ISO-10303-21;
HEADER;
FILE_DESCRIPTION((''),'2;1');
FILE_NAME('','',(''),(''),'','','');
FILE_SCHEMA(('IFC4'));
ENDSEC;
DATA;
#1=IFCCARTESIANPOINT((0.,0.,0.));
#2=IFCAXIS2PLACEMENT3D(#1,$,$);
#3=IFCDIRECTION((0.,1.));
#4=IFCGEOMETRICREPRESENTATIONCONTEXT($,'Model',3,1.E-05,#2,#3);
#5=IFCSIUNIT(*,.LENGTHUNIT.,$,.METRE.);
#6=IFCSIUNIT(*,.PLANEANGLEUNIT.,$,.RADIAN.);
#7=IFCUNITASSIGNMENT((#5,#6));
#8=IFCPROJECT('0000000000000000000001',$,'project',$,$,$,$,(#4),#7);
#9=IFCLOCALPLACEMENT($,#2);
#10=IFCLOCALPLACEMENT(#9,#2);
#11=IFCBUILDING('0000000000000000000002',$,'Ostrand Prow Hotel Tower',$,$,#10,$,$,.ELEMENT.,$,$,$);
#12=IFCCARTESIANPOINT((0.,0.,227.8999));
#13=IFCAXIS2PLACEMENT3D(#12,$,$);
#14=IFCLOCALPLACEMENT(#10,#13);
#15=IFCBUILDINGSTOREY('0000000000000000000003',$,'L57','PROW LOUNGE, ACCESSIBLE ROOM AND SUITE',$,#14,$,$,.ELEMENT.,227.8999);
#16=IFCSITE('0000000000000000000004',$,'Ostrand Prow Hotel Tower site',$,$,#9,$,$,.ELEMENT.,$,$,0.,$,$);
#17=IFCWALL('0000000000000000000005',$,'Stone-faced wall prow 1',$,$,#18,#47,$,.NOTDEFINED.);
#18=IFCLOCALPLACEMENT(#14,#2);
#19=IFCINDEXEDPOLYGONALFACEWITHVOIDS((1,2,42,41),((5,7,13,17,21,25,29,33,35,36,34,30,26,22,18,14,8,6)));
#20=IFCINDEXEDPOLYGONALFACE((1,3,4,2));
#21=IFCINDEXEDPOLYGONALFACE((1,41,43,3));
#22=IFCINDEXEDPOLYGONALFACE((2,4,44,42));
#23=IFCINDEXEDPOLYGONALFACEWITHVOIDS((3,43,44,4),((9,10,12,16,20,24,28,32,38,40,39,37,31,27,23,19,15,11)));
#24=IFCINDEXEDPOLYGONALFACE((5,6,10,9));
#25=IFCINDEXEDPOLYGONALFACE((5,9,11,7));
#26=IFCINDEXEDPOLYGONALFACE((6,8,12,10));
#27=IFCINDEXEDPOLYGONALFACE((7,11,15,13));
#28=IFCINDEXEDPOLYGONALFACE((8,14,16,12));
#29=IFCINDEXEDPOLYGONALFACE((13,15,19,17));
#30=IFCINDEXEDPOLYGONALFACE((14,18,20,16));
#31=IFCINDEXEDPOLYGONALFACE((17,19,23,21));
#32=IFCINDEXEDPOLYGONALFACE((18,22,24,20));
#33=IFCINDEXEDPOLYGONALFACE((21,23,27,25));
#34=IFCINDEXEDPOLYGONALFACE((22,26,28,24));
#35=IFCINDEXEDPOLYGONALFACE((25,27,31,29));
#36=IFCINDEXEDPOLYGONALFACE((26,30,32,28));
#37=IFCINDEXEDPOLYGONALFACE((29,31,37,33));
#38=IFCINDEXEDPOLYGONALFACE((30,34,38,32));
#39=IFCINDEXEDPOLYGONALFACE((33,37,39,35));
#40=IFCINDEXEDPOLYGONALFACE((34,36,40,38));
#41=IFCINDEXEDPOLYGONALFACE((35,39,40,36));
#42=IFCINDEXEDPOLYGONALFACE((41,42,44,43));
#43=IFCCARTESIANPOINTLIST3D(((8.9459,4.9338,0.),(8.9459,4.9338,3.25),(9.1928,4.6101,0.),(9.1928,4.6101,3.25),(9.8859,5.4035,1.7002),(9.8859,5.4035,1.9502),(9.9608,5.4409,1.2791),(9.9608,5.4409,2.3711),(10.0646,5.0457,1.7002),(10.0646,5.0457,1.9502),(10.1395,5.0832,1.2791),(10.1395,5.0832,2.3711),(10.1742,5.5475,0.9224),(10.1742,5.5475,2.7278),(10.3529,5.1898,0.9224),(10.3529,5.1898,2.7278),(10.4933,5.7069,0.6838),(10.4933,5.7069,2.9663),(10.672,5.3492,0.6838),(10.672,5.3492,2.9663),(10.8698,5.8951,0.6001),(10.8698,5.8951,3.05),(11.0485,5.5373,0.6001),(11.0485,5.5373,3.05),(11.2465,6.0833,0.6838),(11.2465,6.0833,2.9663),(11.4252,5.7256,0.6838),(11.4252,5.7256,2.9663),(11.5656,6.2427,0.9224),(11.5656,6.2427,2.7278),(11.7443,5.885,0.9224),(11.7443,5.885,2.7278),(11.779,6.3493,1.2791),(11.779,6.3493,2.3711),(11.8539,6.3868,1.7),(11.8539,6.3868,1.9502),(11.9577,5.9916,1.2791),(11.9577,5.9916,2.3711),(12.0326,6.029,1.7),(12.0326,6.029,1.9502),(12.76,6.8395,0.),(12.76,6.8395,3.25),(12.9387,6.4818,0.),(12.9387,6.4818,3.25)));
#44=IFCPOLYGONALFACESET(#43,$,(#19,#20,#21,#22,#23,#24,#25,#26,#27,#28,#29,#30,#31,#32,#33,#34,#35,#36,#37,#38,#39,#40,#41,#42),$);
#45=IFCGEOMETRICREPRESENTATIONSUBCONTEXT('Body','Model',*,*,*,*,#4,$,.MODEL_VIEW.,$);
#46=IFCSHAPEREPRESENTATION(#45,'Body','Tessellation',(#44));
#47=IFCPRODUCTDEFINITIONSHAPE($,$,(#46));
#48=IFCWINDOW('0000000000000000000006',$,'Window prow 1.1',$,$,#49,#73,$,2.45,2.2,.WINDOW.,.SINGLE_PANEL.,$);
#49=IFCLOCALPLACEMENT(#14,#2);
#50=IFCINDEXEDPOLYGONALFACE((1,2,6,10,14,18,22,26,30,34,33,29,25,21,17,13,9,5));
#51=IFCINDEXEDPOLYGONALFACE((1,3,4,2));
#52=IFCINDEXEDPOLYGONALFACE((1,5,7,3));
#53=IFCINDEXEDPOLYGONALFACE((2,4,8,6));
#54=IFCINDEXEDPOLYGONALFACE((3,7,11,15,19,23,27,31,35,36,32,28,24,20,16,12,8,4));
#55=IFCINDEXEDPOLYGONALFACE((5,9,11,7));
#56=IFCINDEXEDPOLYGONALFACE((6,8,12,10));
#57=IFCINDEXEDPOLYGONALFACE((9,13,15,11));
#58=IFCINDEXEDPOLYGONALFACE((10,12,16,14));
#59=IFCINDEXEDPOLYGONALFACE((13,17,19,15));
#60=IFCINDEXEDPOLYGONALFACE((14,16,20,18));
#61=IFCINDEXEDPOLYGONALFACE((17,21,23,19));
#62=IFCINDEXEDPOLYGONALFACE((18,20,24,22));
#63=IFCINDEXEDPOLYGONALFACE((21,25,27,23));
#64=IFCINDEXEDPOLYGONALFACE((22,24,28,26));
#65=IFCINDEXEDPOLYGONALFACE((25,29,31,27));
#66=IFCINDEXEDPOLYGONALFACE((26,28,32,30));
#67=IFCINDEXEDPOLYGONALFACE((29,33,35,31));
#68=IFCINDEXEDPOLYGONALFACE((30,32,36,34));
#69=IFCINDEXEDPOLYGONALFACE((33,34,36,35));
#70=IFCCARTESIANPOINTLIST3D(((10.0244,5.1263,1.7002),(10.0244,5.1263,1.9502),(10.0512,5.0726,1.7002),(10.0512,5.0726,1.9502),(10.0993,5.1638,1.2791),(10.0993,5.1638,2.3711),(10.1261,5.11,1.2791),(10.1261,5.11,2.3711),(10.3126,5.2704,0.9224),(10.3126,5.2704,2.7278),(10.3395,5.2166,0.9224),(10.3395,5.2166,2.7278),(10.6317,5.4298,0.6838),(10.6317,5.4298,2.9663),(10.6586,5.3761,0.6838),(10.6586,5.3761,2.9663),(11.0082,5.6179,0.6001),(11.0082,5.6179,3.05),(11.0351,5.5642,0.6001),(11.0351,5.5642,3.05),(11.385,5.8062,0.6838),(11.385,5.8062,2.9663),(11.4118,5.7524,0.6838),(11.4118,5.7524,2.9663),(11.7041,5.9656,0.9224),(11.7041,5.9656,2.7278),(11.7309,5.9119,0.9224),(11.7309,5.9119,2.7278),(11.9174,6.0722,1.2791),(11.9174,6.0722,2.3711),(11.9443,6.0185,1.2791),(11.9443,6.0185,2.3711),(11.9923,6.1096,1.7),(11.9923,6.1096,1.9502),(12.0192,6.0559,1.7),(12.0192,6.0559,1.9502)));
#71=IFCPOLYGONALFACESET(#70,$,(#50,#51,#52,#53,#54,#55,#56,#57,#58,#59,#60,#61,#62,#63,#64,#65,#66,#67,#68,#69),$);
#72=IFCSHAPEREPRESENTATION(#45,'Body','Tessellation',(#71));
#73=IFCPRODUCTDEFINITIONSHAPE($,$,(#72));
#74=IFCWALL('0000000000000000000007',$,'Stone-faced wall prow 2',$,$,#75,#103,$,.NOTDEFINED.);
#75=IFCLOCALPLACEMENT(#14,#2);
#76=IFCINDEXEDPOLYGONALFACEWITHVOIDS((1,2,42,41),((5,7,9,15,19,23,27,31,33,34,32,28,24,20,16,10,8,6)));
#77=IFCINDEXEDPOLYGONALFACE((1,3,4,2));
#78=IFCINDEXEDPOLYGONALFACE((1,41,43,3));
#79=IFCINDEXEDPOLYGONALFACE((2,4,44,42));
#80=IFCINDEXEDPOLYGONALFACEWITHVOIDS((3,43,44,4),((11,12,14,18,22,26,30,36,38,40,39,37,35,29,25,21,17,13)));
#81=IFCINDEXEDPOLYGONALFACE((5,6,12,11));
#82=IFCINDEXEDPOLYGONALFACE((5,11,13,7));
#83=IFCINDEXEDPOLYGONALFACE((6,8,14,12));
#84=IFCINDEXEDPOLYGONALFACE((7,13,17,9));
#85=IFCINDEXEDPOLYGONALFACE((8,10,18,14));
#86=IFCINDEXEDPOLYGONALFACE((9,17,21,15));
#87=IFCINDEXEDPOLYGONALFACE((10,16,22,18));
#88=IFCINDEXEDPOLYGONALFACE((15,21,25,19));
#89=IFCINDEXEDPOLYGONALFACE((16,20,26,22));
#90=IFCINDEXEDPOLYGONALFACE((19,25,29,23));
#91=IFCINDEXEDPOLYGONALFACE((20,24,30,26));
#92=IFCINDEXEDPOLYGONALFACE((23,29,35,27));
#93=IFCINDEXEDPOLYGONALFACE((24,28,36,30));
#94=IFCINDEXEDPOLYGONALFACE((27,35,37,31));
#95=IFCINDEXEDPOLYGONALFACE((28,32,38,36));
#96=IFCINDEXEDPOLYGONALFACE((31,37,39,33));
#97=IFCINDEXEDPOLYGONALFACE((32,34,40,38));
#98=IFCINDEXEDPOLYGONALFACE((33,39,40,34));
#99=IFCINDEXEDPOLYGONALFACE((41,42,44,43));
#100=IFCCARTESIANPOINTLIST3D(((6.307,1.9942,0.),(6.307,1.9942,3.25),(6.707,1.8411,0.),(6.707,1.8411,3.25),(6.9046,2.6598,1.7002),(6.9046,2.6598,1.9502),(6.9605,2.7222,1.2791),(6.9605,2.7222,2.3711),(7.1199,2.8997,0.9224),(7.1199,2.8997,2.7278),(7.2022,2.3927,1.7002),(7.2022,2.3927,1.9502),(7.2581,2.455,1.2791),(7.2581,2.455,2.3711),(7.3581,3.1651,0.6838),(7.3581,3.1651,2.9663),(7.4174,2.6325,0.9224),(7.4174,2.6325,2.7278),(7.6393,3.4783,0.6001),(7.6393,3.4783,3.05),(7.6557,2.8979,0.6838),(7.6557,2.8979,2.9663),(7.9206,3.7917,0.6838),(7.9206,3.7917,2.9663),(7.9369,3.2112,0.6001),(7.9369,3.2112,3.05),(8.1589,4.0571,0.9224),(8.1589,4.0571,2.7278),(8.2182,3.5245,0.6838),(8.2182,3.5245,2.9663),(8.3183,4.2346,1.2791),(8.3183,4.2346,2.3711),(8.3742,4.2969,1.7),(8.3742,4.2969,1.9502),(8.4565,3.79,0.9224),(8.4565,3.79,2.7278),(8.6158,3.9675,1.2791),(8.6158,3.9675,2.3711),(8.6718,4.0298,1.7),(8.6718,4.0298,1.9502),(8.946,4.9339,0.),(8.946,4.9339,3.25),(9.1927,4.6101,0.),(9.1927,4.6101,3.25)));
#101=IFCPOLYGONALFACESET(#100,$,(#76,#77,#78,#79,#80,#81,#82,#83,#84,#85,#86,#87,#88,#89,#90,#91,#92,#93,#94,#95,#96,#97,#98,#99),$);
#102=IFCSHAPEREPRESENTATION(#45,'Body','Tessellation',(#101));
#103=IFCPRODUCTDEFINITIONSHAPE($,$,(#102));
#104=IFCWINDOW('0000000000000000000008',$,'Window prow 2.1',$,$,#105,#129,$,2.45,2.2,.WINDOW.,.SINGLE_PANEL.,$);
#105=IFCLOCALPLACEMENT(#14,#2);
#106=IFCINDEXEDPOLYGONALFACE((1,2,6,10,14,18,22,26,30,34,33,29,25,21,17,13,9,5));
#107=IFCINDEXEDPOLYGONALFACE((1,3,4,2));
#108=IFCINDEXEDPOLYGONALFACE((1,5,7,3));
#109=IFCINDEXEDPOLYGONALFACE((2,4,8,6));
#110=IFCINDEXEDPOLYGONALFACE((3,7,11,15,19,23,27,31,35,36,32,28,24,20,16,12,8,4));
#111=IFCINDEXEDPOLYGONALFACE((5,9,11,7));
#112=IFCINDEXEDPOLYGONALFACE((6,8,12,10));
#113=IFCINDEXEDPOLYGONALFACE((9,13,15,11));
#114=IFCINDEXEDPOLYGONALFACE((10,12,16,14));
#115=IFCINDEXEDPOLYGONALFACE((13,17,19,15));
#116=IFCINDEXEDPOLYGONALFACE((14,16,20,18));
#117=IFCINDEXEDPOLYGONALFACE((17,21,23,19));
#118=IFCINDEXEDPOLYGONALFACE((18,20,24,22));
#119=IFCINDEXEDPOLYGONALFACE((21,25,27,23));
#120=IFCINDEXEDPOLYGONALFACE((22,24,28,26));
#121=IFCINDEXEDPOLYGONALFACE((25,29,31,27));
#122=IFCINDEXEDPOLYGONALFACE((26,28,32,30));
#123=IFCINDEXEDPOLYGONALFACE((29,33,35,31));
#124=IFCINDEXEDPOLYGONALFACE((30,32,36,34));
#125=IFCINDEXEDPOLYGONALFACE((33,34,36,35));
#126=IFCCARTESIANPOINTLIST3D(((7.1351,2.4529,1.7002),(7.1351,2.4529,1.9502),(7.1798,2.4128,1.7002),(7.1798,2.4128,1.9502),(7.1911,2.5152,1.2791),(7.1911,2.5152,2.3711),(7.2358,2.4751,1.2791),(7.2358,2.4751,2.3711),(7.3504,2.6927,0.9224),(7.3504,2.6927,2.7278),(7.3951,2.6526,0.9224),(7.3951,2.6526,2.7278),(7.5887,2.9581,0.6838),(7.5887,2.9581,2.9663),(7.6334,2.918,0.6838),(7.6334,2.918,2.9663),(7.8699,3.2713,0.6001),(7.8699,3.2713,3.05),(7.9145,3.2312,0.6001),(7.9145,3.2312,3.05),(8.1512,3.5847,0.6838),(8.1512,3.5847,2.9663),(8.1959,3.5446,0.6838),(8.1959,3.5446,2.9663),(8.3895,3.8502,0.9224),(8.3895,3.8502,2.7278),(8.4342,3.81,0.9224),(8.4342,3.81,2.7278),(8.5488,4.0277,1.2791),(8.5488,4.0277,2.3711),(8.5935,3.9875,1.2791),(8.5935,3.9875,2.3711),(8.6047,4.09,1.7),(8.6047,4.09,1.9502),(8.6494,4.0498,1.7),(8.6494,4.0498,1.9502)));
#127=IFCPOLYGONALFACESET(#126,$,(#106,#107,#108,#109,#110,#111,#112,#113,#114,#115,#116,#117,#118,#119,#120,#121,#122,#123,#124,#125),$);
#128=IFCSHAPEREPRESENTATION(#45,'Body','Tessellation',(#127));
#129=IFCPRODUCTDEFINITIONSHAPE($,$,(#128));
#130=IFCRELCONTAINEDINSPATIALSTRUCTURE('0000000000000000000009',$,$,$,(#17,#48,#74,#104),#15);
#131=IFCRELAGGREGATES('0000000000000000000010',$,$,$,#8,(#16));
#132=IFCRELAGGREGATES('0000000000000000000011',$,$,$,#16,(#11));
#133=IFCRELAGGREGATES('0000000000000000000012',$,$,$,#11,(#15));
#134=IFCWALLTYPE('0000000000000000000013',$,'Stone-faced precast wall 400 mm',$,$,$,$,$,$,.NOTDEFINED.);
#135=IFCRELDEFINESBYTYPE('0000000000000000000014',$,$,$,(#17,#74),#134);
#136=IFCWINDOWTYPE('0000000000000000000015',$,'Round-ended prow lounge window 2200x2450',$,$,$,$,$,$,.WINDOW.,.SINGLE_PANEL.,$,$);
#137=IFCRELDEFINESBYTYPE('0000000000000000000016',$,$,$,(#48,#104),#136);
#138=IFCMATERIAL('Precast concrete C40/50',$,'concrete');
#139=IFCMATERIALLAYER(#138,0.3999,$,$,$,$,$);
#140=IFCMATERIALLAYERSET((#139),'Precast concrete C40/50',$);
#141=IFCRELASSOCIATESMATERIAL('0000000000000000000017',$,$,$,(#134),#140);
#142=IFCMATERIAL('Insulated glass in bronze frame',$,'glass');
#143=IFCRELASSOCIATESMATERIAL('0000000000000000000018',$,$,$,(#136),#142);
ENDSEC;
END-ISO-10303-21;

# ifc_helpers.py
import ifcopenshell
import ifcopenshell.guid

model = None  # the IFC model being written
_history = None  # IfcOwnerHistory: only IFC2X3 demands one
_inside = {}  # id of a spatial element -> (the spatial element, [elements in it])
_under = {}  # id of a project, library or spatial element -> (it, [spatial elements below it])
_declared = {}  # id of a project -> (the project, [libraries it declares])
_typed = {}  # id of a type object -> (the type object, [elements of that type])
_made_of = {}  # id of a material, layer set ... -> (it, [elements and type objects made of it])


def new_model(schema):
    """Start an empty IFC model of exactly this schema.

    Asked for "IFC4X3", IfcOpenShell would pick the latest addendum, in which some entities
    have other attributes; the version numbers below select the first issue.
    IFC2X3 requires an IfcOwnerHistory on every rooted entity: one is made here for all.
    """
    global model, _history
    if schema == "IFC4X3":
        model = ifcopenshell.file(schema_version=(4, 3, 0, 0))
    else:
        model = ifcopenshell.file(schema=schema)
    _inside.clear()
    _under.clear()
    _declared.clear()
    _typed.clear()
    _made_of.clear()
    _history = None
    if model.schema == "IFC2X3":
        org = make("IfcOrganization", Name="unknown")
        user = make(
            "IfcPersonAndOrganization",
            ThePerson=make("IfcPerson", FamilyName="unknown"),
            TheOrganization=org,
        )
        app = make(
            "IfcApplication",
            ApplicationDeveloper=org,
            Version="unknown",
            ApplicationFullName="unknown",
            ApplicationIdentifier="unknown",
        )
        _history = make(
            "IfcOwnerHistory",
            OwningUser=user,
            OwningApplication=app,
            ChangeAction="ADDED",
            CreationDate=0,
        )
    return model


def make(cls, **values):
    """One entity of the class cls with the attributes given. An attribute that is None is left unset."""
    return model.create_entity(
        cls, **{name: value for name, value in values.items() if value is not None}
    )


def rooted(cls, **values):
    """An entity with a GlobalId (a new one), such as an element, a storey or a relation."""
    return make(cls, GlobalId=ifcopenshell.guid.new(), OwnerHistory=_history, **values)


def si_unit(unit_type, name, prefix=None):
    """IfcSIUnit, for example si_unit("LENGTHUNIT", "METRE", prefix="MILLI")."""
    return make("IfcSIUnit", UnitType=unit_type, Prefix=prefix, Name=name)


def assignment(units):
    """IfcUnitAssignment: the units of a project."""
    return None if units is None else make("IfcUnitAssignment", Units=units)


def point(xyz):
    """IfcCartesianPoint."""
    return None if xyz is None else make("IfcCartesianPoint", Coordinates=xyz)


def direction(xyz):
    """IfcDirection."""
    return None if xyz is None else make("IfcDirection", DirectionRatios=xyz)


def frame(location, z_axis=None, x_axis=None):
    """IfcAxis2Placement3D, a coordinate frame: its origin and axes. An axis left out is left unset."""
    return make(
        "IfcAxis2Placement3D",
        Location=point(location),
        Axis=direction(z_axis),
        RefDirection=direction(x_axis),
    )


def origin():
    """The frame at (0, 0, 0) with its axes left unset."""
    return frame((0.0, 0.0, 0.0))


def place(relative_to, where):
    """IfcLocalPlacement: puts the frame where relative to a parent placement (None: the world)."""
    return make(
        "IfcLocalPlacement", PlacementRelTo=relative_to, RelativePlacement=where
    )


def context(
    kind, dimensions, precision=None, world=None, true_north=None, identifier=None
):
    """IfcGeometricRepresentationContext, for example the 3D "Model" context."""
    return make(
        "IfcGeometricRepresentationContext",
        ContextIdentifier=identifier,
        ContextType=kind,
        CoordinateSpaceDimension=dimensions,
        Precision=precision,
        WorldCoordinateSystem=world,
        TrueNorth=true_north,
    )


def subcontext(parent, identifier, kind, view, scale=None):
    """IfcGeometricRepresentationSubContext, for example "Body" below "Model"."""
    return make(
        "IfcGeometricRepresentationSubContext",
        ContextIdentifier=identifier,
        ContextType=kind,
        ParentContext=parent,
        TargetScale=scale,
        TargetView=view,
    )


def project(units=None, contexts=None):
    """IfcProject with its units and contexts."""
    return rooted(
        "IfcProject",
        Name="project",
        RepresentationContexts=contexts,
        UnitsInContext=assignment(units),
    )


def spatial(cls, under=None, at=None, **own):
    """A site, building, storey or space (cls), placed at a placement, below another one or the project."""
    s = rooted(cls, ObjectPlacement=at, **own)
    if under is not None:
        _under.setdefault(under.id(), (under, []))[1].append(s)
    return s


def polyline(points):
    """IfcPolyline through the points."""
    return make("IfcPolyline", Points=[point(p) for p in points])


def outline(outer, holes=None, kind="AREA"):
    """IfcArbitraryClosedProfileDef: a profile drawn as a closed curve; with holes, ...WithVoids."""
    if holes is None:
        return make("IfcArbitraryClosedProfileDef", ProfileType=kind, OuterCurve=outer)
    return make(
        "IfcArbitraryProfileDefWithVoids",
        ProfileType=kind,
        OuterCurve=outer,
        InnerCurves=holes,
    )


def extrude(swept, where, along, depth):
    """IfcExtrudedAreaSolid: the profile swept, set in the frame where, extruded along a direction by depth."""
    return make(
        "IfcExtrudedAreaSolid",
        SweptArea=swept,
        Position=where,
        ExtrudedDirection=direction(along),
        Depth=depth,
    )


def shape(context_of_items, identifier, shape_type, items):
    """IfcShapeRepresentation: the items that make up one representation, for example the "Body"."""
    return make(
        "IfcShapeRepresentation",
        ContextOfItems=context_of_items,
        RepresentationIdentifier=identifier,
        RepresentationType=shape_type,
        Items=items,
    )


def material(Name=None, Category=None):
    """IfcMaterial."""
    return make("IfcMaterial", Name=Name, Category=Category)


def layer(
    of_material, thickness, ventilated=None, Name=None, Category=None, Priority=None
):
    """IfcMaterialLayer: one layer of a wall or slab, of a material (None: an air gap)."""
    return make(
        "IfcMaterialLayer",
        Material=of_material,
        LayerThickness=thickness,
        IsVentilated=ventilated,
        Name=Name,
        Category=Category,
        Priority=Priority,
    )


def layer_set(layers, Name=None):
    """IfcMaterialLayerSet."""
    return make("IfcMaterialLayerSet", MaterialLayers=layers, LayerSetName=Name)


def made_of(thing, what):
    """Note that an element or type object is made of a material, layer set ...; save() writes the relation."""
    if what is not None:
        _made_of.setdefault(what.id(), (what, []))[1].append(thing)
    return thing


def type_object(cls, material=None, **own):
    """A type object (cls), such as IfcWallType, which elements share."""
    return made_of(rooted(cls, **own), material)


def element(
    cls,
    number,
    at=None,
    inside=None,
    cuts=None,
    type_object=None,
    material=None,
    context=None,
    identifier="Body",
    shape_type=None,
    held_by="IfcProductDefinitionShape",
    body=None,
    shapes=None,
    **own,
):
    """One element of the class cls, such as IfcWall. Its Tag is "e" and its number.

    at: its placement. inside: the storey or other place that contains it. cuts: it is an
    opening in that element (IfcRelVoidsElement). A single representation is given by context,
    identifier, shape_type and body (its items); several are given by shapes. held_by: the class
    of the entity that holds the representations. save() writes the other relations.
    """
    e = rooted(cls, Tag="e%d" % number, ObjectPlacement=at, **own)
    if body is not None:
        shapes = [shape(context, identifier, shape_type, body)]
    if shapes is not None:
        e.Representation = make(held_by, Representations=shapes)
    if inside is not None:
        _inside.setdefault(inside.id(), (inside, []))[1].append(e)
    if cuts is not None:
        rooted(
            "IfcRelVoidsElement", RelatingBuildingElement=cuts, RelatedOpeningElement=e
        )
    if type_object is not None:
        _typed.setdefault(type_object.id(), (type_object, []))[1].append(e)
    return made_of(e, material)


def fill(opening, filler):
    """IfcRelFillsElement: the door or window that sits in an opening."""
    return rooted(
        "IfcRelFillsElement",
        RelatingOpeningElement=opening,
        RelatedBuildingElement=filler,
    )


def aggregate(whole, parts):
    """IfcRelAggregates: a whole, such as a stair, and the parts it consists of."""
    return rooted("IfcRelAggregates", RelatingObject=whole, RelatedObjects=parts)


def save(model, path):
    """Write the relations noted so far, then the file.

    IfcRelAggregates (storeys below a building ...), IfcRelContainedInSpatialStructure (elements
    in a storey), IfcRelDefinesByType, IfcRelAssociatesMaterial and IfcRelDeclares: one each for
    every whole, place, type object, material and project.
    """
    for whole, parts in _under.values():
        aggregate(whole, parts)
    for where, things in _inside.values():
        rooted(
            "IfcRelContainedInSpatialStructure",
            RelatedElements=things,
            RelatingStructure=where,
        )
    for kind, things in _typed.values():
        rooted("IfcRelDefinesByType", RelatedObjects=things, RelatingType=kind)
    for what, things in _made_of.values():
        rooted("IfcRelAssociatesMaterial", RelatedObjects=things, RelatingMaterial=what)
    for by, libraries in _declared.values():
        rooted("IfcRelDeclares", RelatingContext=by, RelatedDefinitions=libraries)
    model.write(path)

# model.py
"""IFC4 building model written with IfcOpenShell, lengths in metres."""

from ifc_helpers import new_model, si_unit, direction, frame, origin, place, context, subcontext, project, spatial, polyline, outline, extrude, material, layer, layer_set, type_object, element, fill, save


model = new_model("IFC4")

# Units and contexts
model_context = context("Model", 3, precision=1e-05, world=origin(), true_north=direction((0.0, 1.0)))
body_context = subcontext(model_context, "Body", "Model", "MODEL_VIEW")
ifc_project = project(units=[si_unit("LENGTHUNIT", "METRE"), si_unit("PLANEANGLEUNIT", "RADIAN")], contexts=[model_context])

# Site, building, storey
site_placement = place(None, origin())
site = spatial("IfcSite", under=ifc_project, at=site_placement, Name="Ostrand Prow Hotel Tower site", CompositionType="ELEMENT", RefElevation=0.0)
building_placement = place(site_placement, origin())
building = spatial("IfcBuilding", under=site, at=building_placement, Name="Ostrand Prow Hotel Tower", CompositionType="ELEMENT")
storey_placement = place(building_placement, frame((0.0, 0.0, 227.8999)))
storey = spatial("IfcBuildingStorey", under=building, at=storey_placement, Name="L57", Description="PROW LOUNGE, ACCESSIBLE ROOM AND SUITE", CompositionType="ELEMENT", Elevation=227.8999)

# Walls, openings, windows
ifc_material_1 = material(Name="Precast concrete C40/50", Category="concrete")
ifc_layer_1 = layer(ifc_material_1, 0.3999)
ifc_layer_set_1 = layer_set([ifc_layer_1], Name="Precast concrete C40/50")
wall_type_1 = type_object("IfcWallType", Name="Stone-faced precast wall 400 mm", PredefinedType="NOTDEFINED", material=ifc_layer_set_1)
wall_1_placement = place(storey_placement, frame((12.8494, 6.6606, 0.0), z_axis=(0.0, 0.0, 1.0), x_axis=(-0.894554, -0.446959, 0.0)))
wall_1 = element("IfcWall", 1, at=wall_1_placement, inside=storey, type_object=wall_type_1, Name="Stone-faced wall prow 1", PredefinedType="NOTDEFINED", context=body_context, shape_type="SweptSolid", body=[
    extrude(outline(polyline([(0.0, -0.2), (4.2637, -0.2), (4.1875, 0.2), (0.0, 0.2), (0.0, -0.2)])), origin(), (0.0, 0.0, 1.0), 3.25),
])
opening_1_placement = place(wall_1_placement, frame((1.0129, 0.0, 0.6001)))
opening_1 = element("IfcOpeningElement", 2, at=opening_1_placement, cuts=wall_1, PredefinedType="OPENING", context=body_context, shape_type="SweptSolid", body=[
    extrude(outline(polyline([(0.0, 1.3501), (0.0837, 1.771), (0.3223, 2.1277), (0.679, 2.3662), (1.1001, 2.45), (1.521, 2.3662), (1.8777, 2.1277), (2.1162, 1.771), (2.2, 1.3501), (2.2, 1.1001), (2.1162, 0.679), (1.8777, 0.3223), (1.521, 0.0837), (1.1001, 0.0), (0.679, 0.0837), (0.3223, 0.3223), (0.0837, 0.679), (0.0, 1.0999), (0.0, 1.3501)])), frame((0.0, 0.21, 0.0), z_axis=(0.0, -1.0, 0.0), x_axis=(1.0, 0.0, 0.0)), (0.0, 0.0, 1.0), 0.4199),
])
ifc_material_2 = material(Name="Insulated glass in bronze frame", Category="glass")
window_type = type_object("IfcWindowType", Name="Round-ended prow lounge window 2200x2450", PartitioningType="SINGLE_PANEL", PredefinedType="WINDOW", material=ifc_material_2)
window_1_placement = place(opening_1_placement, origin())
window_1 = element("IfcWindow", 3, at=window_1_placement, inside=storey, type_object=window_type, Name="Window prow 1.1", OverallHeight=2.45, OverallWidth=2.2, PartitioningType="SINGLE_PANEL", PredefinedType="WINDOW", context=body_context, shape_type="SweptSolid", body=[
    extrude(outline(polyline([(0.0, 1.3501), (0.0837, 1.771), (0.3223, 2.1277), (0.679, 2.3662), (1.1001, 2.45), (1.521, 2.3662), (1.8777, 2.1277), (2.1162, 1.771), (2.2, 1.3501), (2.2, 1.1001), (2.1162, 0.679), (1.8777, 0.3223), (1.521, 0.0837), (1.1001, 0.0), (0.679, 0.0837), (0.3223, 0.3223), (0.0837, 0.679), (0.0, 1.0999), (0.0, 1.3501)])), frame((0.0, 0.1699, 0.0), z_axis=(0.0, -1.0, 0.0), x_axis=(1.0, 0.0, 0.0)), (0.0, 0.0, 1.0), 0.0601),
])
fill(opening_1, window_1)
wall_2_placement = place(storey_placement, frame((9.0693, 4.772, 0.0), z_axis=(0.0, 0.0, 1.0), x_axis=(-0.668018, -0.744145, 0.0)))
wall_2 = element("IfcWall", 4, at=wall_2_placement, inside=storey, type_object=wall_type_1, Name="Stone-faced wall prow 2", PredefinedType="NOTDEFINED", context=body_context, shape_type="SweptSolid", body=[
    extrude(outline(polyline([(-0.0381, -0.2), (3.9124, -0.2), (3.759, 0.2), (0.0381, 0.2), (-0.0381, -0.2)])), origin(), (0.0, 0.0, 1.0), 3.25),
])
opening_2_placement = place(wall_2_placement, frame((0.8179, 0.0, 0.6001)))
opening_2 = element("IfcOpeningElement", 5, at=opening_2_placement, cuts=wall_2, PredefinedType="OPENING", context=body_context, shape_type="SweptSolid", body=[
    extrude(outline(polyline([(0.0, 1.3501), (0.0837, 1.771), (0.3223, 2.1277), (0.679, 2.3662), (1.1001, 2.45), (1.521, 2.3662), (1.8777, 2.1277), (2.1162, 1.771), (2.2, 1.3501), (2.2, 1.1001), (2.1162, 0.679), (1.8777, 0.3223), (1.521, 0.0837), (1.1001, 0.0), (0.679, 0.0837), (0.3223, 0.3223), (0.0837, 0.679), (0.0, 1.0999), (0.0, 1.3501)])), frame((0.0, 0.21, 0.0), z_axis=(0.0, -1.0, 0.0), x_axis=(1.0, 0.0, 0.0)), (0.0, 0.0, 1.0), 0.4199),
])
window_2_placement = place(opening_2_placement, origin())
window_2 = element("IfcWindow", 6, at=window_2_placement, inside=storey, type_object=window_type, Name="Window prow 2.1", OverallHeight=2.45, OverallWidth=2.2, PartitioningType="SINGLE_PANEL", PredefinedType="WINDOW", context=body_context, shape_type="SweptSolid", body=[
    extrude(outline(polyline([(0.0, 1.3501), (0.0837, 1.771), (0.3223, 2.1277), (0.679, 2.3662), (1.1001, 2.45), (1.521, 2.3662), (1.8777, 2.1277), (2.1162, 1.771), (2.2, 1.3501), (2.2, 1.1001), (2.1162, 0.679), (1.8777, 0.3223), (1.521, 0.0837), (1.1001, 0.0), (0.679, 0.0837), (0.3223, 0.3223), (0.0837, 0.679), (0.0, 1.0999), (0.0, 1.3501)])), frame((0.0, 0.1699, 0.0), z_axis=(0.0, -1.0, 0.0), x_axis=(1.0, 0.0, 0.0)), (0.0, 0.0, 1.0), 0.0601),
])
fill(opening_2, window_2)

save(model, "model.ifc")
